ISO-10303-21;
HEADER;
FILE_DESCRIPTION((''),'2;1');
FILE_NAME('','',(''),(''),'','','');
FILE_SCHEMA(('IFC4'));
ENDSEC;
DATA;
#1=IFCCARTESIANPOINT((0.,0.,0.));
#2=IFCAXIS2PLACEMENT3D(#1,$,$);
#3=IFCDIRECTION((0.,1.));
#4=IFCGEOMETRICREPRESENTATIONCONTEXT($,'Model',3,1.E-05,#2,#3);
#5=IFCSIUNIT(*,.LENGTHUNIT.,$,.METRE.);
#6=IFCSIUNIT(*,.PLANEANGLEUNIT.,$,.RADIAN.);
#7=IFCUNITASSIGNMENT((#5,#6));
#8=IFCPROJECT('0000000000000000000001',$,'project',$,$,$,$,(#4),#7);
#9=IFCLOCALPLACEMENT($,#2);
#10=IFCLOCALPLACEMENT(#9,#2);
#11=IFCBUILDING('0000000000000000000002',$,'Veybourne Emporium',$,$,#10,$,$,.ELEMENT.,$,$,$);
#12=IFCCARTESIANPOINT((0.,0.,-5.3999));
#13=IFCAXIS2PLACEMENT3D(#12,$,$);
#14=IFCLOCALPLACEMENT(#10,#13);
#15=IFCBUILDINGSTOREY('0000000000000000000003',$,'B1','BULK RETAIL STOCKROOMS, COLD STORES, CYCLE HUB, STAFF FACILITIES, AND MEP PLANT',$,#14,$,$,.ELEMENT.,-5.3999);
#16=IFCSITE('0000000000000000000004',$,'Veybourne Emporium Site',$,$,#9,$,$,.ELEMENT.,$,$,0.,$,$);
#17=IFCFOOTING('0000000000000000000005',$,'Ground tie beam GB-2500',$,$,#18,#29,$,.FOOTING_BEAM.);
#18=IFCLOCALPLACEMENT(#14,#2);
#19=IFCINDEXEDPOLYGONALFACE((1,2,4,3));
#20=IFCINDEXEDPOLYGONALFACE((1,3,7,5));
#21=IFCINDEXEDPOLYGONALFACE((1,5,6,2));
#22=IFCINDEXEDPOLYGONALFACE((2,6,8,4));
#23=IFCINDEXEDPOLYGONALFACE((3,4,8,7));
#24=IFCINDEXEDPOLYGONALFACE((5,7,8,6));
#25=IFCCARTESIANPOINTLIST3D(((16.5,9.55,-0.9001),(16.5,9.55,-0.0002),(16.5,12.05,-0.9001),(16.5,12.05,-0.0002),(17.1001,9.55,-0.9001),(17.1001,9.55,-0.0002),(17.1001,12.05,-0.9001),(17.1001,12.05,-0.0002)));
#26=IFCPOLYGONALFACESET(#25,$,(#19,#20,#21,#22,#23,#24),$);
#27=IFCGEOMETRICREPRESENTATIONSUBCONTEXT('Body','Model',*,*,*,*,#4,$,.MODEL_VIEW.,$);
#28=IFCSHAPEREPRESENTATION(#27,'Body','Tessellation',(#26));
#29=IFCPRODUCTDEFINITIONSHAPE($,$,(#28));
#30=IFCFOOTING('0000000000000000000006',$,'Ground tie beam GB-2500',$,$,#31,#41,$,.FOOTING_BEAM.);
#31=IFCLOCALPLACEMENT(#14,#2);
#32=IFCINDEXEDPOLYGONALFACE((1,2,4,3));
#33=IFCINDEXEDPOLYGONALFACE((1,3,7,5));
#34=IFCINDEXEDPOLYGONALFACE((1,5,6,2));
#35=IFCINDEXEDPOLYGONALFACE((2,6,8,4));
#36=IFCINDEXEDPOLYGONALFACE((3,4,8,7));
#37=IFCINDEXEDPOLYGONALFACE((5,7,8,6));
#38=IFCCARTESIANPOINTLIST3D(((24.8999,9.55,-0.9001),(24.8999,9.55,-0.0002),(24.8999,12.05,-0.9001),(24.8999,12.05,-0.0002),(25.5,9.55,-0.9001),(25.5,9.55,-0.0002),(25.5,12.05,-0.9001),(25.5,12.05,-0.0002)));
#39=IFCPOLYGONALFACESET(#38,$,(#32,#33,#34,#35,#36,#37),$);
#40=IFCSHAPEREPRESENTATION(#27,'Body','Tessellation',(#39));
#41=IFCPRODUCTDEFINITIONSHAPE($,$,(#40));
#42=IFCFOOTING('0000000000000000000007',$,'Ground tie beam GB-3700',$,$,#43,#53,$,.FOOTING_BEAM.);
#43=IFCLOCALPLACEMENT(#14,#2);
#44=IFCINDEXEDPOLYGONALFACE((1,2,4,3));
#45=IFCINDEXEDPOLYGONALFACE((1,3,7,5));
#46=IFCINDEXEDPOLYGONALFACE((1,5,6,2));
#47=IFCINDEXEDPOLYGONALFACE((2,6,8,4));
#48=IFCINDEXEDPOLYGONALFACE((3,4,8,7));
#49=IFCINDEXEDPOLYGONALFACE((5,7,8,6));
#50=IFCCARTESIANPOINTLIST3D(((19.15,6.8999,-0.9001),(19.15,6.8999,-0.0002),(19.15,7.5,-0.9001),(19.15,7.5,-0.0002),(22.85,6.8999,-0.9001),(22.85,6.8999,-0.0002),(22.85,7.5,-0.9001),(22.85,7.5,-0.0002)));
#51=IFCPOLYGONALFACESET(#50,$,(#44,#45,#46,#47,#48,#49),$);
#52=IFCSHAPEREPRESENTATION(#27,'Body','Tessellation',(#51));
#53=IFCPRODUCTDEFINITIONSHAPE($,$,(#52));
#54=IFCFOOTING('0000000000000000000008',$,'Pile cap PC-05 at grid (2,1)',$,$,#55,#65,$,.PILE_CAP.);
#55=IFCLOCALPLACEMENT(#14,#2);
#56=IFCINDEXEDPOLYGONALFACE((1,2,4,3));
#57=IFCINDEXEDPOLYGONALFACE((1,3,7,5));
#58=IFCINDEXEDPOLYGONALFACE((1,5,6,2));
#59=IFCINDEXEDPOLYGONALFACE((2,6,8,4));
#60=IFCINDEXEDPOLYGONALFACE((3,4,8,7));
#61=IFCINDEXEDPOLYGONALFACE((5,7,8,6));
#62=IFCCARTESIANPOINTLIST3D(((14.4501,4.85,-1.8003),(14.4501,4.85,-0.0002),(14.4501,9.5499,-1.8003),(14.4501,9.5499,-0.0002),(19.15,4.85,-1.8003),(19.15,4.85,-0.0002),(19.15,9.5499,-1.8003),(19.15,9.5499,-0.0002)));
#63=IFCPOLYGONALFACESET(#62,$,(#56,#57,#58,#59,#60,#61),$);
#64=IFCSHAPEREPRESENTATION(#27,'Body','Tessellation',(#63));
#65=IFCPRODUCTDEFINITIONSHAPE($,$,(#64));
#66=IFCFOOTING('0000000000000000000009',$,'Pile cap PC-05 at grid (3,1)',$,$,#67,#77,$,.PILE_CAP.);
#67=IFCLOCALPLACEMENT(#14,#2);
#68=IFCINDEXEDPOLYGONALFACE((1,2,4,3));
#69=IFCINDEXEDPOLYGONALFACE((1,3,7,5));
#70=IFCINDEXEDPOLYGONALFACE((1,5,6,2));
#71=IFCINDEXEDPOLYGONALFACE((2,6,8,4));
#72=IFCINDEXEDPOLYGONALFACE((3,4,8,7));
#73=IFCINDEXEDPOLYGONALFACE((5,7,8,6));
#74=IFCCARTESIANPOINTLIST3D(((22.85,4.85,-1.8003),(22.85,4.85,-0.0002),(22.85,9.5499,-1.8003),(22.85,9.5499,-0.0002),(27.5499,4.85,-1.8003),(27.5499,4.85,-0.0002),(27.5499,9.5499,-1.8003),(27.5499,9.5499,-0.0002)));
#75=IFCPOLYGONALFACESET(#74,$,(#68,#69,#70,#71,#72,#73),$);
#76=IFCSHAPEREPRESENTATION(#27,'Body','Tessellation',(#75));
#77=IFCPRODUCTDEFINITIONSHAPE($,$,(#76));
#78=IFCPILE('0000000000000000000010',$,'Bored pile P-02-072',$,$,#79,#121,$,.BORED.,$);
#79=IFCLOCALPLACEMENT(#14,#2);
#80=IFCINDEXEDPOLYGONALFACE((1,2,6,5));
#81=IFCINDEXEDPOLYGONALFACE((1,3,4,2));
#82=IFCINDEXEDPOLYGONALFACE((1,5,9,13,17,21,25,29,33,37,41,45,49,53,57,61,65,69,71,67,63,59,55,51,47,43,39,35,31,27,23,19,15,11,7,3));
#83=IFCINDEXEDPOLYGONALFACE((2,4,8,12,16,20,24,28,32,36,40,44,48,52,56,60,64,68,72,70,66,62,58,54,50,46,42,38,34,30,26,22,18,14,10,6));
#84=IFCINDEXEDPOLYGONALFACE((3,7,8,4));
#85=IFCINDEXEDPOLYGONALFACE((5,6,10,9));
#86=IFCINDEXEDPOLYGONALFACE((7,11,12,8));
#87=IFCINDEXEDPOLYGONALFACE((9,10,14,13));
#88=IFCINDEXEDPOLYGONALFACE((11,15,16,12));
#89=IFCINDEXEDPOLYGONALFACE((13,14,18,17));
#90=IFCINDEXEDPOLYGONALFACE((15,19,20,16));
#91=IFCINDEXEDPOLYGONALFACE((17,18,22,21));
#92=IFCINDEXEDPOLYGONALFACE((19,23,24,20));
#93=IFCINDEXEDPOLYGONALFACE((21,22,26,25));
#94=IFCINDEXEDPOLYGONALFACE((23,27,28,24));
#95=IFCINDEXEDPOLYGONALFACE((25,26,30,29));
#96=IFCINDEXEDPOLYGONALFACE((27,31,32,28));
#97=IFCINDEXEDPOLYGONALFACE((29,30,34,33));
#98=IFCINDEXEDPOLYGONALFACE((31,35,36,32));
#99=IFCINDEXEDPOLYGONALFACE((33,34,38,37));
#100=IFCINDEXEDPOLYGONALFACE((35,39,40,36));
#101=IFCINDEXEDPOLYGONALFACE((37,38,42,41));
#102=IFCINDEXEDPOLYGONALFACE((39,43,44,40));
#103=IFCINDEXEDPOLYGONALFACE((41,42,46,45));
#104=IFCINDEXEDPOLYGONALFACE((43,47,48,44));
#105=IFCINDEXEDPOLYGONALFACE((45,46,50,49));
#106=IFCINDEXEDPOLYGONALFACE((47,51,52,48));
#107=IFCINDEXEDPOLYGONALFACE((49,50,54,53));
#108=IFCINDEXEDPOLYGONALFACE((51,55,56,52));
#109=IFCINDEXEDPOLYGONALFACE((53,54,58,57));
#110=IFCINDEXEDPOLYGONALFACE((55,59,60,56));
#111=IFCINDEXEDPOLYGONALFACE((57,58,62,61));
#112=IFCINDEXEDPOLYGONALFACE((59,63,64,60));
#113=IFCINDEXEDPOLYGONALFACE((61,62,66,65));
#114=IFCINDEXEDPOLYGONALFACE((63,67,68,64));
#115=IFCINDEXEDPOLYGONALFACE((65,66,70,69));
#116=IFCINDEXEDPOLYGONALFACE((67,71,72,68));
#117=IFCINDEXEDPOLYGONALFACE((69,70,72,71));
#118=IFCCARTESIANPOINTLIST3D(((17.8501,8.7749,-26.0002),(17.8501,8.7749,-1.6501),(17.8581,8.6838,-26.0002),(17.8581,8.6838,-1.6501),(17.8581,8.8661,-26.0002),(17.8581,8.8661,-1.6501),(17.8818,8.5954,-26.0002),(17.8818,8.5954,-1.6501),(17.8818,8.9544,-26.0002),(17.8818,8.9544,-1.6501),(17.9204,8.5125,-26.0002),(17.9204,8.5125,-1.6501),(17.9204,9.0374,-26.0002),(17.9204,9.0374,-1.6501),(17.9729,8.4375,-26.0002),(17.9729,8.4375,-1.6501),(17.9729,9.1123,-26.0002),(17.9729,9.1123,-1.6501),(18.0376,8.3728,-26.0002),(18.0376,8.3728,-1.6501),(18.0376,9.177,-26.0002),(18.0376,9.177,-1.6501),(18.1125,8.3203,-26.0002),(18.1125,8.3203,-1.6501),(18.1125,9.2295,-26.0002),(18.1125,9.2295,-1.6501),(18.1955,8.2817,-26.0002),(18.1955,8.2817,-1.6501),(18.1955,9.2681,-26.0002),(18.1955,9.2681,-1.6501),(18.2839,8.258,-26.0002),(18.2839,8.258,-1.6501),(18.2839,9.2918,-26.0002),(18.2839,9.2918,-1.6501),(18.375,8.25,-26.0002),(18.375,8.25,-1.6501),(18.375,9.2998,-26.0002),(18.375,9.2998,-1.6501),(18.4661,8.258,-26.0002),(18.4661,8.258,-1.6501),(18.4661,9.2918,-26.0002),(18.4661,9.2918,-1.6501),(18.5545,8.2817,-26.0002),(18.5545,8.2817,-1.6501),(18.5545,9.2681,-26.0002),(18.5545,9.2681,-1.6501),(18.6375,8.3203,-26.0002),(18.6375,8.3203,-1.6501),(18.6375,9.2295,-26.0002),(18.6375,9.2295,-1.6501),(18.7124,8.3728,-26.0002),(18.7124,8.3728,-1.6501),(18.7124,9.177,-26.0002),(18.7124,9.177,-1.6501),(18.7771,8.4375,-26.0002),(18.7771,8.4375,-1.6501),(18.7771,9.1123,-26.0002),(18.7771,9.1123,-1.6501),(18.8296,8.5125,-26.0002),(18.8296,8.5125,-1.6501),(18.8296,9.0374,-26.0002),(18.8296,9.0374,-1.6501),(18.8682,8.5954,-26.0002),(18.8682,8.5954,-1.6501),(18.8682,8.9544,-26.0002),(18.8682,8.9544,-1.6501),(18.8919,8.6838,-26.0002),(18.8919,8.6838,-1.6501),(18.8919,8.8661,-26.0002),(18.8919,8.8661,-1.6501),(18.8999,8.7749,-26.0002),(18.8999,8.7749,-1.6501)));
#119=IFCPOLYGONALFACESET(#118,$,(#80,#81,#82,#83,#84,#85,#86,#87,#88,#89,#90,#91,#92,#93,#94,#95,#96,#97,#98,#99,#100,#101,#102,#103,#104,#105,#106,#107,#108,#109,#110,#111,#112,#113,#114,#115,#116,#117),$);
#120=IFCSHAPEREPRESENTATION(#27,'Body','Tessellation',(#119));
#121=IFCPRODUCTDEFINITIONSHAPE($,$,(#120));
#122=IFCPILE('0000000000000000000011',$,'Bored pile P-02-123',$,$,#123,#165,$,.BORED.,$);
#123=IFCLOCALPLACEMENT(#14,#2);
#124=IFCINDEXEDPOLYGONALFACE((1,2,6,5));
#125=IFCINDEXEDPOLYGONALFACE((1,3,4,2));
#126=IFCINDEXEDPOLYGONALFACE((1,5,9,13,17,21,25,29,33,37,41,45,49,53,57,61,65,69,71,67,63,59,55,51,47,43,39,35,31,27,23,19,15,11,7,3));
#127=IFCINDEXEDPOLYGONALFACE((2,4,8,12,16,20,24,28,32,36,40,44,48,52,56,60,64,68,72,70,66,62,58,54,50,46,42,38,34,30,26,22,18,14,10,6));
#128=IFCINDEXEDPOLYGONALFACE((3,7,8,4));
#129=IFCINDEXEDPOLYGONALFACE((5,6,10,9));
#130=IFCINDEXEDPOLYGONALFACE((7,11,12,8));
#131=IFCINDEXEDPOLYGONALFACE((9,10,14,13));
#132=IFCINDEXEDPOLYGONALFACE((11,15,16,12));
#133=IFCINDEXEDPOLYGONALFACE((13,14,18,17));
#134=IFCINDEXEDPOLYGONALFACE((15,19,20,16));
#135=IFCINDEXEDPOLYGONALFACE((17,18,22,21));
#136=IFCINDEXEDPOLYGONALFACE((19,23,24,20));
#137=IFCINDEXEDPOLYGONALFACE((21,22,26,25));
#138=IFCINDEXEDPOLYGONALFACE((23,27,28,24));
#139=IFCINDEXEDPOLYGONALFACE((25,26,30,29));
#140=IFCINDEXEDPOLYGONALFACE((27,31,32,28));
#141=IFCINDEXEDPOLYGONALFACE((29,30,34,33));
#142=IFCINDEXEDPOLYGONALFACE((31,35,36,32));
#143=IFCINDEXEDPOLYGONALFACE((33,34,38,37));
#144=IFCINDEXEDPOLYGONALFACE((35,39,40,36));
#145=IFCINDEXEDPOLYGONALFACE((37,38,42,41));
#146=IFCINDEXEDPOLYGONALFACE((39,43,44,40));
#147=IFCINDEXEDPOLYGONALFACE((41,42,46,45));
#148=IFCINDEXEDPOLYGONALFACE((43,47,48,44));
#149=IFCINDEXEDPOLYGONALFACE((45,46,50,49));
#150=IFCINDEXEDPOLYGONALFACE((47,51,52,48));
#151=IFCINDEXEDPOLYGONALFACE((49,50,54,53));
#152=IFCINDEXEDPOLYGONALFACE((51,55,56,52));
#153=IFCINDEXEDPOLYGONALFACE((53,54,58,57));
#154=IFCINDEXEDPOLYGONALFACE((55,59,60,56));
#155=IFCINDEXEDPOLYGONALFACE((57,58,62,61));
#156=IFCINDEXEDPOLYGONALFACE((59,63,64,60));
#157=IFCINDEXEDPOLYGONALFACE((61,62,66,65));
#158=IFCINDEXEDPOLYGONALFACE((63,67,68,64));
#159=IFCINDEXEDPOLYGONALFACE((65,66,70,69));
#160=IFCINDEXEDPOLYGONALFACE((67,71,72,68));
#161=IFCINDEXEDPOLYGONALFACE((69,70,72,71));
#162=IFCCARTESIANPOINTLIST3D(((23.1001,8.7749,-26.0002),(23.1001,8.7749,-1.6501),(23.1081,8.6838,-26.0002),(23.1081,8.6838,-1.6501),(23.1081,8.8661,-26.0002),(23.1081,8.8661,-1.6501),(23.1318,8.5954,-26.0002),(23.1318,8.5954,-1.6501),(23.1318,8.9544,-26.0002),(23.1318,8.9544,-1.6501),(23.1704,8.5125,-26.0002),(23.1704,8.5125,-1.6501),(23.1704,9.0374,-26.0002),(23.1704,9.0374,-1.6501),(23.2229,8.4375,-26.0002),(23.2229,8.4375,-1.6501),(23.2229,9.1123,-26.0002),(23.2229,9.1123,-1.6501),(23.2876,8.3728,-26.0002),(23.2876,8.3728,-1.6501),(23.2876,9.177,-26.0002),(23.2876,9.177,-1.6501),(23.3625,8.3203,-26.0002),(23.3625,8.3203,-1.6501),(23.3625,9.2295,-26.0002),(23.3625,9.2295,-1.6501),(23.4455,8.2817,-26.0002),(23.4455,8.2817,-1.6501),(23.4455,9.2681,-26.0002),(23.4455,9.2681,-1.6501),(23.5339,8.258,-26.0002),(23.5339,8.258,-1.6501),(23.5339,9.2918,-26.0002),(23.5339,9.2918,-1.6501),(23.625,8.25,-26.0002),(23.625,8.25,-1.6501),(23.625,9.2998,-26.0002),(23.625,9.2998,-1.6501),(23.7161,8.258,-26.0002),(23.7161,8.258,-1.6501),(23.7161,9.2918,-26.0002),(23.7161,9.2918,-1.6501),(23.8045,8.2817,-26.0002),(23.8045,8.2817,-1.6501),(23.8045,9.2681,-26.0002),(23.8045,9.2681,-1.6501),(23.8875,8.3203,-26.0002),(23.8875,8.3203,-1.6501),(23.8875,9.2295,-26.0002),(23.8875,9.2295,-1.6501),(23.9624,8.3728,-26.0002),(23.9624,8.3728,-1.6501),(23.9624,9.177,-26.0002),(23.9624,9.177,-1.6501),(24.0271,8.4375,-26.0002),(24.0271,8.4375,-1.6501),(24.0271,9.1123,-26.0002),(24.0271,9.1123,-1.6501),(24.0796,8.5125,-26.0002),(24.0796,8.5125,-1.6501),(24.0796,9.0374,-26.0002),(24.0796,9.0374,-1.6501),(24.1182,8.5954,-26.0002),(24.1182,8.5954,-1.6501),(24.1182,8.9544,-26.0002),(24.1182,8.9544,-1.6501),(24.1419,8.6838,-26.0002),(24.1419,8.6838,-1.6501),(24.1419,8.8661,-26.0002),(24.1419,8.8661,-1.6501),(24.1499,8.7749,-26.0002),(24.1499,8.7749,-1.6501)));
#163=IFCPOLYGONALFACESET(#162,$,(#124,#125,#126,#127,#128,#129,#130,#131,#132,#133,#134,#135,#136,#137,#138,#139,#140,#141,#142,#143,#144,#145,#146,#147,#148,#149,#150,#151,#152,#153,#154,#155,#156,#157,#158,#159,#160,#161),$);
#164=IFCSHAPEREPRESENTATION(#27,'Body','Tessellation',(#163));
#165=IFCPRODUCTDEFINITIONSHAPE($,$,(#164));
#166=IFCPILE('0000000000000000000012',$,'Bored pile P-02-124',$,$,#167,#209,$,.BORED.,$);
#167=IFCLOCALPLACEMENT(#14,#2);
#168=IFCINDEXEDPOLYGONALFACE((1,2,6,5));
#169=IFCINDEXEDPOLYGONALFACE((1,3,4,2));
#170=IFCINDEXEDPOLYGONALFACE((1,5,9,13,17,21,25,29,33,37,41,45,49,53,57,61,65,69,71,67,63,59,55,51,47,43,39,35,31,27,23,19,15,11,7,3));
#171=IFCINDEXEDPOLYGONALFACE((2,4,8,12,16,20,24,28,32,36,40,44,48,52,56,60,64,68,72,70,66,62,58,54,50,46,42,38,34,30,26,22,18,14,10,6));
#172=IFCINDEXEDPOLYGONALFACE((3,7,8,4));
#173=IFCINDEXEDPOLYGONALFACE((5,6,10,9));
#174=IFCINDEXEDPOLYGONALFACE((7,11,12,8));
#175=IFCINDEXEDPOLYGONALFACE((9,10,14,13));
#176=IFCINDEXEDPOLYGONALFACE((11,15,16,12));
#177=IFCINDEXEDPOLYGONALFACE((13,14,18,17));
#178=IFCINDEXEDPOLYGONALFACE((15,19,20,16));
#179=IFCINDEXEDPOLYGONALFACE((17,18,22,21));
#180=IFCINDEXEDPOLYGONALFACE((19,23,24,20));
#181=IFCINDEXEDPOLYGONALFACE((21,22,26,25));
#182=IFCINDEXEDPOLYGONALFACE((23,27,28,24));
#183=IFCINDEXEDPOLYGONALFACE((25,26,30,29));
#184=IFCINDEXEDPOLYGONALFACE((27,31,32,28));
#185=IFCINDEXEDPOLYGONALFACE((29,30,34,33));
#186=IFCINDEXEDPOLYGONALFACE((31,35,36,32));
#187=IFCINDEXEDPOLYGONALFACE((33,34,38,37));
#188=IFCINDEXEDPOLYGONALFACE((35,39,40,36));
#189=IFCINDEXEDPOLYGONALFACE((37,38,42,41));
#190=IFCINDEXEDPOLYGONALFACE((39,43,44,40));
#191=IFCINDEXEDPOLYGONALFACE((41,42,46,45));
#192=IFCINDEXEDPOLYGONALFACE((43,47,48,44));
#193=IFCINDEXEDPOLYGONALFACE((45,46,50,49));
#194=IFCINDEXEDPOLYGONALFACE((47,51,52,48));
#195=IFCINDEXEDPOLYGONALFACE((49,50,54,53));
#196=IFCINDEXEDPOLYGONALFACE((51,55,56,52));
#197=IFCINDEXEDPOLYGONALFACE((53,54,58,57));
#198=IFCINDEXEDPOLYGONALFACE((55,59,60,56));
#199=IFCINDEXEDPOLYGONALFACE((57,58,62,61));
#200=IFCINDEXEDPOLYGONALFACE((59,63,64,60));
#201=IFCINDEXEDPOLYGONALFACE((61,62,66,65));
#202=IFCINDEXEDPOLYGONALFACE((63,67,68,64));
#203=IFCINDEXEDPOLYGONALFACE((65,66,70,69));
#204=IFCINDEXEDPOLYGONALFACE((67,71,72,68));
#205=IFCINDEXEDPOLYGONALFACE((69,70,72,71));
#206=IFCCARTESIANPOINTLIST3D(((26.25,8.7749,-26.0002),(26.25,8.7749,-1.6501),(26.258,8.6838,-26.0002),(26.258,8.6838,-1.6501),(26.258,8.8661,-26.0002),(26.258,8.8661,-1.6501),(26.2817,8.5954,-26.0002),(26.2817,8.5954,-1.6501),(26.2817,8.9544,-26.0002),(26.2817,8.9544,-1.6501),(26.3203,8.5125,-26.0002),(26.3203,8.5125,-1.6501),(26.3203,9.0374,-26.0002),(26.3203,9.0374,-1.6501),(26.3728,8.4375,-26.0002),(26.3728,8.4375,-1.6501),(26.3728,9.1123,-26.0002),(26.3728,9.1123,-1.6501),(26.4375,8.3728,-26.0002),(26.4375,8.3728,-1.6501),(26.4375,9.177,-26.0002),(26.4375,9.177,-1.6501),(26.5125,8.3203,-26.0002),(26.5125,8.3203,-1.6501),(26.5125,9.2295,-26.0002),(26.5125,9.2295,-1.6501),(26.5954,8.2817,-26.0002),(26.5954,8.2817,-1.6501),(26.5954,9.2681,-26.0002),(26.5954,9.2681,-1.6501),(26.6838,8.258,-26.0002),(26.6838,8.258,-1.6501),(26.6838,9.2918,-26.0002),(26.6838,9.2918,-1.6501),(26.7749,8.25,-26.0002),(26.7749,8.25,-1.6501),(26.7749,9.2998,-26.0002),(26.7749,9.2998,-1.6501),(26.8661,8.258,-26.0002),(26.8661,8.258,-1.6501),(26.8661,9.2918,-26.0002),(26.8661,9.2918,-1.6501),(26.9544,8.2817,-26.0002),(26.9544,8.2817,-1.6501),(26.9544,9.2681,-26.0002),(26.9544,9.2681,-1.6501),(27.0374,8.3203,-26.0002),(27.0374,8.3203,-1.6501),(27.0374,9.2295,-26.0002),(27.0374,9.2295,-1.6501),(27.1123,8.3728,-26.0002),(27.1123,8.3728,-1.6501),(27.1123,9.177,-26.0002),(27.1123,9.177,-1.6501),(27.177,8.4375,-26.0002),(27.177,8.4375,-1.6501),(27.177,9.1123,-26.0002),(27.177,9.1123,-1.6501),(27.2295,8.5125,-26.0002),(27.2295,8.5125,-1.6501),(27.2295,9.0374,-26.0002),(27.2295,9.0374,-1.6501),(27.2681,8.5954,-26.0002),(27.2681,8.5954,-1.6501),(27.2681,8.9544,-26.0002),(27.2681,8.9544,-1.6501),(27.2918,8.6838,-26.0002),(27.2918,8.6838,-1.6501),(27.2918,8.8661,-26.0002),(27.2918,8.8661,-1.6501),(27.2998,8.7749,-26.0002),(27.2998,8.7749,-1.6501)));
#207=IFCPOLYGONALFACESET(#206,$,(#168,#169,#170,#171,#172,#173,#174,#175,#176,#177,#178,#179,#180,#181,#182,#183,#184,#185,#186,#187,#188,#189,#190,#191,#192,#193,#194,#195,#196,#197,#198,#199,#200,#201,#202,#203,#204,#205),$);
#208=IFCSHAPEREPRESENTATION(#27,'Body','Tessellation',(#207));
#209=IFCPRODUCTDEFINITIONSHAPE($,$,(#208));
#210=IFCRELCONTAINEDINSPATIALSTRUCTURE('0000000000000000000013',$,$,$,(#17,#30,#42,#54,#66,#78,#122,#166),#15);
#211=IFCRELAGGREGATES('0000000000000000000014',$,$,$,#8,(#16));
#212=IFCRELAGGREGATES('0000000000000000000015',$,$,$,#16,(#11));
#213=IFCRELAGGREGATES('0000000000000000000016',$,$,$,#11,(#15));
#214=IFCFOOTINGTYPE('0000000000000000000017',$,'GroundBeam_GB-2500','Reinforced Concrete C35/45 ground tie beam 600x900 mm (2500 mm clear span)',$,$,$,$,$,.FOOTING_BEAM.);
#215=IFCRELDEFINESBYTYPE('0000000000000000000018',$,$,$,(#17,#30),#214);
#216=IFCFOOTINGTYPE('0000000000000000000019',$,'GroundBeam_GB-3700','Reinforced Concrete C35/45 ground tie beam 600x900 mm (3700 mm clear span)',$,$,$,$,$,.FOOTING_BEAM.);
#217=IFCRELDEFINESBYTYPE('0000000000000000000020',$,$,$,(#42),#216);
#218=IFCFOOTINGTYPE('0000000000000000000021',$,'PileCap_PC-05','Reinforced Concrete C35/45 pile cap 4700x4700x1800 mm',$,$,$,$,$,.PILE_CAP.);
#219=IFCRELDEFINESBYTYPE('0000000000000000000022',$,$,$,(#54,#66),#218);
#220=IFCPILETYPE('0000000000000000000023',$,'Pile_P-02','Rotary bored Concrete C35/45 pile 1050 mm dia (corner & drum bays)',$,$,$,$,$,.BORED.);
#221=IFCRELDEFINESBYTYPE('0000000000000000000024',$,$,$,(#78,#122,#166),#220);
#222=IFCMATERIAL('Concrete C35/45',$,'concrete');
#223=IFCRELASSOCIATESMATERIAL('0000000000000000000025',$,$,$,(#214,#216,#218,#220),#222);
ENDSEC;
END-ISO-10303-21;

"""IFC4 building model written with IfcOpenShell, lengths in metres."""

from ifc_helpers import new_model, si_unit, direction, frame, origin, origin_2d, place, context, subcontext, project, spatial, rectangle, circle, extrude, material, material_profile, profile_set, type_object, element, save


model = new_model("IFC4")

# Units and contexts
model_context = context("Model", 3, precision=1e-05, world=origin(), true_north=direction((0.0, 1.0)))
body_context = subcontext(model_context, "Body", "Model", "MODEL_VIEW")
ifc_project = project(units=[si_unit("LENGTHUNIT", "METRE"), si_unit("PLANEANGLEUNIT", "RADIAN")], contexts=[model_context])

# Site, building, storey
site_placement = place(None, origin())
site = spatial("IfcSite", under=ifc_project, at=site_placement, Name="Veybourne Emporium Site", CompositionType="ELEMENT", RefElevation=0.0)
building_placement = place(site_placement, origin())
building = spatial("IfcBuilding", under=site, at=building_placement, Name="Veybourne Emporium", CompositionType="ELEMENT")
storey_placement = place(building_placement, frame((0.0, 0.0, -5.3999)))
storey = spatial("IfcBuildingStorey", under=building, at=storey_placement, Name="B1", Description="BULK RETAIL STOCKROOMS, COLD STORES, CYCLE HUB, STAFF FACILITIES, AND MEP PLANT", CompositionType="ELEMENT", Elevation=-5.3999)

# Footings
ifc_material_1 = material(Name="Concrete C35/45", Category="concrete")
footing_type_1 = type_object("IfcFootingType", Name="GroundBeam_GB-2500", Description="Reinforced Concrete C35/45 ground tie beam 600x900 mm (2500 mm clear span)", PredefinedType="FOOTING_BEAM", material=ifc_material_1)
for number, where, z_axis, x_axis, name in (
    (1, (16.8, 10.8, -0.9001), (0.0, 0.0, 1.0), (0.0, 1.0, 0.0), "Ground tie beam GB-2500"),
    (2, (25.2, 10.8, -0.9001), (0.0, 0.0, 1.0), (0.0, 1.0, 0.0), "Ground tie beam GB-2500"),
):
    element("IfcFooting", number, at=place(storey_placement, frame(where, z_axis=z_axis, x_axis=x_axis)), inside=storey, type_object=footing_type_1, Name=name, PredefinedType="FOOTING_BEAM", context=body_context, shape_type="SweptSolid", body=[
        extrude(rectangle(XDim=2.5, YDim=0.6001, at=origin_2d()), origin(), (0.0, 0.0, 1.0), 0.8999),
    ])
footing_type_2 = type_object("IfcFootingType", Name="GroundBeam_GB-3700", Description="Reinforced Concrete C35/45 ground tie beam 600x900 mm (3700 mm clear span)", PredefinedType="FOOTING_BEAM", material=ifc_material_1)
footing_placement = place(storey_placement, frame((21.0, 7.2, -0.9001), z_axis=(0.0, 0.0, 1.0), x_axis=(1.0, 0.0, 0.0)))
element("IfcFooting", 3, at=footing_placement, inside=storey, type_object=footing_type_2, Name="Ground tie beam GB-3700", PredefinedType="FOOTING_BEAM", context=body_context, shape_type="SweptSolid", body=[
    extrude(rectangle(XDim=3.7, YDim=0.6001, at=origin_2d()), origin(), (0.0, 0.0, 1.0), 0.8999),
])
footing_type_3 = type_object("IfcFootingType", Name="PileCap_PC-05", Description="Reinforced Concrete C35/45 pile cap 4700x4700x1800 mm", PredefinedType="PILE_CAP", material=ifc_material_1)
for number, where, z_axis, x_axis, name in (
    (4, (16.8, 7.2, -1.8003), (0.0, 0.0, 1.0), (1.0, 0.0, 0.0), "Pile cap PC-05 at grid (2,1)"),
    (5, (25.2, 7.2, -1.8003), (0.0, 0.0, 1.0), (1.0, 0.0, 0.0), "Pile cap PC-05 at grid (3,1)"),
):
    element("IfcFooting", number, at=place(storey_placement, frame(where, z_axis=z_axis, x_axis=x_axis)), inside=storey, type_object=footing_type_3, Name=name, PredefinedType="PILE_CAP", context=body_context, shape_type="SweptSolid", body=[
        extrude(rectangle(XDim=4.7, YDim=4.7, at=origin_2d()), origin(), (0.0, 0.0, 1.0), 1.8),
    ])

# Piles
ifc_material_profile_1 = material_profile(ifc_material_1, circle(Radius=0.5249, at=origin_2d()), Name="BORED PILE 1050")
ifc_profile_set_1 = profile_set([ifc_material_profile_1], Name="Concrete C35/45")
pile_type_1 = type_object("IfcPileType", Name="Pile_P-02", Description="Rotary bored Concrete C35/45 pile 1050 mm dia (corner & drum bays)", PredefinedType="BORED", material=ifc_profile_set_1)
for number, where, z_axis, x_axis, name in (
    (6, (18.375, 8.7749, -1.6501), (0.0, 0.0, -1.0), (1.0, 0.0, 0.0), "Bored pile P-02-072"),
    (7, (23.625, 8.7749, -1.6501), (0.0, 0.0, -1.0), (1.0, 0.0, 0.0), "Bored pile P-02-123"),
    (8, (26.7749, 8.7749, -1.6501), (0.0, 0.0, -1.0), (1.0, 0.0, 0.0), "Bored pile P-02-124"),
):
    element("IfcPile", number, at=place(storey_placement, frame(where, z_axis=z_axis, x_axis=x_axis)), inside=storey, type_object=pile_type_1, Name=name, PredefinedType="BORED", context=body_context, shape_type="SweptSolid", body=[
        extrude(circle(Radius=0.5249, at=origin_2d()), origin(), (0.0, 0.0, 1.0), 24.3501),
    ])

save(model, "model.ifc")
